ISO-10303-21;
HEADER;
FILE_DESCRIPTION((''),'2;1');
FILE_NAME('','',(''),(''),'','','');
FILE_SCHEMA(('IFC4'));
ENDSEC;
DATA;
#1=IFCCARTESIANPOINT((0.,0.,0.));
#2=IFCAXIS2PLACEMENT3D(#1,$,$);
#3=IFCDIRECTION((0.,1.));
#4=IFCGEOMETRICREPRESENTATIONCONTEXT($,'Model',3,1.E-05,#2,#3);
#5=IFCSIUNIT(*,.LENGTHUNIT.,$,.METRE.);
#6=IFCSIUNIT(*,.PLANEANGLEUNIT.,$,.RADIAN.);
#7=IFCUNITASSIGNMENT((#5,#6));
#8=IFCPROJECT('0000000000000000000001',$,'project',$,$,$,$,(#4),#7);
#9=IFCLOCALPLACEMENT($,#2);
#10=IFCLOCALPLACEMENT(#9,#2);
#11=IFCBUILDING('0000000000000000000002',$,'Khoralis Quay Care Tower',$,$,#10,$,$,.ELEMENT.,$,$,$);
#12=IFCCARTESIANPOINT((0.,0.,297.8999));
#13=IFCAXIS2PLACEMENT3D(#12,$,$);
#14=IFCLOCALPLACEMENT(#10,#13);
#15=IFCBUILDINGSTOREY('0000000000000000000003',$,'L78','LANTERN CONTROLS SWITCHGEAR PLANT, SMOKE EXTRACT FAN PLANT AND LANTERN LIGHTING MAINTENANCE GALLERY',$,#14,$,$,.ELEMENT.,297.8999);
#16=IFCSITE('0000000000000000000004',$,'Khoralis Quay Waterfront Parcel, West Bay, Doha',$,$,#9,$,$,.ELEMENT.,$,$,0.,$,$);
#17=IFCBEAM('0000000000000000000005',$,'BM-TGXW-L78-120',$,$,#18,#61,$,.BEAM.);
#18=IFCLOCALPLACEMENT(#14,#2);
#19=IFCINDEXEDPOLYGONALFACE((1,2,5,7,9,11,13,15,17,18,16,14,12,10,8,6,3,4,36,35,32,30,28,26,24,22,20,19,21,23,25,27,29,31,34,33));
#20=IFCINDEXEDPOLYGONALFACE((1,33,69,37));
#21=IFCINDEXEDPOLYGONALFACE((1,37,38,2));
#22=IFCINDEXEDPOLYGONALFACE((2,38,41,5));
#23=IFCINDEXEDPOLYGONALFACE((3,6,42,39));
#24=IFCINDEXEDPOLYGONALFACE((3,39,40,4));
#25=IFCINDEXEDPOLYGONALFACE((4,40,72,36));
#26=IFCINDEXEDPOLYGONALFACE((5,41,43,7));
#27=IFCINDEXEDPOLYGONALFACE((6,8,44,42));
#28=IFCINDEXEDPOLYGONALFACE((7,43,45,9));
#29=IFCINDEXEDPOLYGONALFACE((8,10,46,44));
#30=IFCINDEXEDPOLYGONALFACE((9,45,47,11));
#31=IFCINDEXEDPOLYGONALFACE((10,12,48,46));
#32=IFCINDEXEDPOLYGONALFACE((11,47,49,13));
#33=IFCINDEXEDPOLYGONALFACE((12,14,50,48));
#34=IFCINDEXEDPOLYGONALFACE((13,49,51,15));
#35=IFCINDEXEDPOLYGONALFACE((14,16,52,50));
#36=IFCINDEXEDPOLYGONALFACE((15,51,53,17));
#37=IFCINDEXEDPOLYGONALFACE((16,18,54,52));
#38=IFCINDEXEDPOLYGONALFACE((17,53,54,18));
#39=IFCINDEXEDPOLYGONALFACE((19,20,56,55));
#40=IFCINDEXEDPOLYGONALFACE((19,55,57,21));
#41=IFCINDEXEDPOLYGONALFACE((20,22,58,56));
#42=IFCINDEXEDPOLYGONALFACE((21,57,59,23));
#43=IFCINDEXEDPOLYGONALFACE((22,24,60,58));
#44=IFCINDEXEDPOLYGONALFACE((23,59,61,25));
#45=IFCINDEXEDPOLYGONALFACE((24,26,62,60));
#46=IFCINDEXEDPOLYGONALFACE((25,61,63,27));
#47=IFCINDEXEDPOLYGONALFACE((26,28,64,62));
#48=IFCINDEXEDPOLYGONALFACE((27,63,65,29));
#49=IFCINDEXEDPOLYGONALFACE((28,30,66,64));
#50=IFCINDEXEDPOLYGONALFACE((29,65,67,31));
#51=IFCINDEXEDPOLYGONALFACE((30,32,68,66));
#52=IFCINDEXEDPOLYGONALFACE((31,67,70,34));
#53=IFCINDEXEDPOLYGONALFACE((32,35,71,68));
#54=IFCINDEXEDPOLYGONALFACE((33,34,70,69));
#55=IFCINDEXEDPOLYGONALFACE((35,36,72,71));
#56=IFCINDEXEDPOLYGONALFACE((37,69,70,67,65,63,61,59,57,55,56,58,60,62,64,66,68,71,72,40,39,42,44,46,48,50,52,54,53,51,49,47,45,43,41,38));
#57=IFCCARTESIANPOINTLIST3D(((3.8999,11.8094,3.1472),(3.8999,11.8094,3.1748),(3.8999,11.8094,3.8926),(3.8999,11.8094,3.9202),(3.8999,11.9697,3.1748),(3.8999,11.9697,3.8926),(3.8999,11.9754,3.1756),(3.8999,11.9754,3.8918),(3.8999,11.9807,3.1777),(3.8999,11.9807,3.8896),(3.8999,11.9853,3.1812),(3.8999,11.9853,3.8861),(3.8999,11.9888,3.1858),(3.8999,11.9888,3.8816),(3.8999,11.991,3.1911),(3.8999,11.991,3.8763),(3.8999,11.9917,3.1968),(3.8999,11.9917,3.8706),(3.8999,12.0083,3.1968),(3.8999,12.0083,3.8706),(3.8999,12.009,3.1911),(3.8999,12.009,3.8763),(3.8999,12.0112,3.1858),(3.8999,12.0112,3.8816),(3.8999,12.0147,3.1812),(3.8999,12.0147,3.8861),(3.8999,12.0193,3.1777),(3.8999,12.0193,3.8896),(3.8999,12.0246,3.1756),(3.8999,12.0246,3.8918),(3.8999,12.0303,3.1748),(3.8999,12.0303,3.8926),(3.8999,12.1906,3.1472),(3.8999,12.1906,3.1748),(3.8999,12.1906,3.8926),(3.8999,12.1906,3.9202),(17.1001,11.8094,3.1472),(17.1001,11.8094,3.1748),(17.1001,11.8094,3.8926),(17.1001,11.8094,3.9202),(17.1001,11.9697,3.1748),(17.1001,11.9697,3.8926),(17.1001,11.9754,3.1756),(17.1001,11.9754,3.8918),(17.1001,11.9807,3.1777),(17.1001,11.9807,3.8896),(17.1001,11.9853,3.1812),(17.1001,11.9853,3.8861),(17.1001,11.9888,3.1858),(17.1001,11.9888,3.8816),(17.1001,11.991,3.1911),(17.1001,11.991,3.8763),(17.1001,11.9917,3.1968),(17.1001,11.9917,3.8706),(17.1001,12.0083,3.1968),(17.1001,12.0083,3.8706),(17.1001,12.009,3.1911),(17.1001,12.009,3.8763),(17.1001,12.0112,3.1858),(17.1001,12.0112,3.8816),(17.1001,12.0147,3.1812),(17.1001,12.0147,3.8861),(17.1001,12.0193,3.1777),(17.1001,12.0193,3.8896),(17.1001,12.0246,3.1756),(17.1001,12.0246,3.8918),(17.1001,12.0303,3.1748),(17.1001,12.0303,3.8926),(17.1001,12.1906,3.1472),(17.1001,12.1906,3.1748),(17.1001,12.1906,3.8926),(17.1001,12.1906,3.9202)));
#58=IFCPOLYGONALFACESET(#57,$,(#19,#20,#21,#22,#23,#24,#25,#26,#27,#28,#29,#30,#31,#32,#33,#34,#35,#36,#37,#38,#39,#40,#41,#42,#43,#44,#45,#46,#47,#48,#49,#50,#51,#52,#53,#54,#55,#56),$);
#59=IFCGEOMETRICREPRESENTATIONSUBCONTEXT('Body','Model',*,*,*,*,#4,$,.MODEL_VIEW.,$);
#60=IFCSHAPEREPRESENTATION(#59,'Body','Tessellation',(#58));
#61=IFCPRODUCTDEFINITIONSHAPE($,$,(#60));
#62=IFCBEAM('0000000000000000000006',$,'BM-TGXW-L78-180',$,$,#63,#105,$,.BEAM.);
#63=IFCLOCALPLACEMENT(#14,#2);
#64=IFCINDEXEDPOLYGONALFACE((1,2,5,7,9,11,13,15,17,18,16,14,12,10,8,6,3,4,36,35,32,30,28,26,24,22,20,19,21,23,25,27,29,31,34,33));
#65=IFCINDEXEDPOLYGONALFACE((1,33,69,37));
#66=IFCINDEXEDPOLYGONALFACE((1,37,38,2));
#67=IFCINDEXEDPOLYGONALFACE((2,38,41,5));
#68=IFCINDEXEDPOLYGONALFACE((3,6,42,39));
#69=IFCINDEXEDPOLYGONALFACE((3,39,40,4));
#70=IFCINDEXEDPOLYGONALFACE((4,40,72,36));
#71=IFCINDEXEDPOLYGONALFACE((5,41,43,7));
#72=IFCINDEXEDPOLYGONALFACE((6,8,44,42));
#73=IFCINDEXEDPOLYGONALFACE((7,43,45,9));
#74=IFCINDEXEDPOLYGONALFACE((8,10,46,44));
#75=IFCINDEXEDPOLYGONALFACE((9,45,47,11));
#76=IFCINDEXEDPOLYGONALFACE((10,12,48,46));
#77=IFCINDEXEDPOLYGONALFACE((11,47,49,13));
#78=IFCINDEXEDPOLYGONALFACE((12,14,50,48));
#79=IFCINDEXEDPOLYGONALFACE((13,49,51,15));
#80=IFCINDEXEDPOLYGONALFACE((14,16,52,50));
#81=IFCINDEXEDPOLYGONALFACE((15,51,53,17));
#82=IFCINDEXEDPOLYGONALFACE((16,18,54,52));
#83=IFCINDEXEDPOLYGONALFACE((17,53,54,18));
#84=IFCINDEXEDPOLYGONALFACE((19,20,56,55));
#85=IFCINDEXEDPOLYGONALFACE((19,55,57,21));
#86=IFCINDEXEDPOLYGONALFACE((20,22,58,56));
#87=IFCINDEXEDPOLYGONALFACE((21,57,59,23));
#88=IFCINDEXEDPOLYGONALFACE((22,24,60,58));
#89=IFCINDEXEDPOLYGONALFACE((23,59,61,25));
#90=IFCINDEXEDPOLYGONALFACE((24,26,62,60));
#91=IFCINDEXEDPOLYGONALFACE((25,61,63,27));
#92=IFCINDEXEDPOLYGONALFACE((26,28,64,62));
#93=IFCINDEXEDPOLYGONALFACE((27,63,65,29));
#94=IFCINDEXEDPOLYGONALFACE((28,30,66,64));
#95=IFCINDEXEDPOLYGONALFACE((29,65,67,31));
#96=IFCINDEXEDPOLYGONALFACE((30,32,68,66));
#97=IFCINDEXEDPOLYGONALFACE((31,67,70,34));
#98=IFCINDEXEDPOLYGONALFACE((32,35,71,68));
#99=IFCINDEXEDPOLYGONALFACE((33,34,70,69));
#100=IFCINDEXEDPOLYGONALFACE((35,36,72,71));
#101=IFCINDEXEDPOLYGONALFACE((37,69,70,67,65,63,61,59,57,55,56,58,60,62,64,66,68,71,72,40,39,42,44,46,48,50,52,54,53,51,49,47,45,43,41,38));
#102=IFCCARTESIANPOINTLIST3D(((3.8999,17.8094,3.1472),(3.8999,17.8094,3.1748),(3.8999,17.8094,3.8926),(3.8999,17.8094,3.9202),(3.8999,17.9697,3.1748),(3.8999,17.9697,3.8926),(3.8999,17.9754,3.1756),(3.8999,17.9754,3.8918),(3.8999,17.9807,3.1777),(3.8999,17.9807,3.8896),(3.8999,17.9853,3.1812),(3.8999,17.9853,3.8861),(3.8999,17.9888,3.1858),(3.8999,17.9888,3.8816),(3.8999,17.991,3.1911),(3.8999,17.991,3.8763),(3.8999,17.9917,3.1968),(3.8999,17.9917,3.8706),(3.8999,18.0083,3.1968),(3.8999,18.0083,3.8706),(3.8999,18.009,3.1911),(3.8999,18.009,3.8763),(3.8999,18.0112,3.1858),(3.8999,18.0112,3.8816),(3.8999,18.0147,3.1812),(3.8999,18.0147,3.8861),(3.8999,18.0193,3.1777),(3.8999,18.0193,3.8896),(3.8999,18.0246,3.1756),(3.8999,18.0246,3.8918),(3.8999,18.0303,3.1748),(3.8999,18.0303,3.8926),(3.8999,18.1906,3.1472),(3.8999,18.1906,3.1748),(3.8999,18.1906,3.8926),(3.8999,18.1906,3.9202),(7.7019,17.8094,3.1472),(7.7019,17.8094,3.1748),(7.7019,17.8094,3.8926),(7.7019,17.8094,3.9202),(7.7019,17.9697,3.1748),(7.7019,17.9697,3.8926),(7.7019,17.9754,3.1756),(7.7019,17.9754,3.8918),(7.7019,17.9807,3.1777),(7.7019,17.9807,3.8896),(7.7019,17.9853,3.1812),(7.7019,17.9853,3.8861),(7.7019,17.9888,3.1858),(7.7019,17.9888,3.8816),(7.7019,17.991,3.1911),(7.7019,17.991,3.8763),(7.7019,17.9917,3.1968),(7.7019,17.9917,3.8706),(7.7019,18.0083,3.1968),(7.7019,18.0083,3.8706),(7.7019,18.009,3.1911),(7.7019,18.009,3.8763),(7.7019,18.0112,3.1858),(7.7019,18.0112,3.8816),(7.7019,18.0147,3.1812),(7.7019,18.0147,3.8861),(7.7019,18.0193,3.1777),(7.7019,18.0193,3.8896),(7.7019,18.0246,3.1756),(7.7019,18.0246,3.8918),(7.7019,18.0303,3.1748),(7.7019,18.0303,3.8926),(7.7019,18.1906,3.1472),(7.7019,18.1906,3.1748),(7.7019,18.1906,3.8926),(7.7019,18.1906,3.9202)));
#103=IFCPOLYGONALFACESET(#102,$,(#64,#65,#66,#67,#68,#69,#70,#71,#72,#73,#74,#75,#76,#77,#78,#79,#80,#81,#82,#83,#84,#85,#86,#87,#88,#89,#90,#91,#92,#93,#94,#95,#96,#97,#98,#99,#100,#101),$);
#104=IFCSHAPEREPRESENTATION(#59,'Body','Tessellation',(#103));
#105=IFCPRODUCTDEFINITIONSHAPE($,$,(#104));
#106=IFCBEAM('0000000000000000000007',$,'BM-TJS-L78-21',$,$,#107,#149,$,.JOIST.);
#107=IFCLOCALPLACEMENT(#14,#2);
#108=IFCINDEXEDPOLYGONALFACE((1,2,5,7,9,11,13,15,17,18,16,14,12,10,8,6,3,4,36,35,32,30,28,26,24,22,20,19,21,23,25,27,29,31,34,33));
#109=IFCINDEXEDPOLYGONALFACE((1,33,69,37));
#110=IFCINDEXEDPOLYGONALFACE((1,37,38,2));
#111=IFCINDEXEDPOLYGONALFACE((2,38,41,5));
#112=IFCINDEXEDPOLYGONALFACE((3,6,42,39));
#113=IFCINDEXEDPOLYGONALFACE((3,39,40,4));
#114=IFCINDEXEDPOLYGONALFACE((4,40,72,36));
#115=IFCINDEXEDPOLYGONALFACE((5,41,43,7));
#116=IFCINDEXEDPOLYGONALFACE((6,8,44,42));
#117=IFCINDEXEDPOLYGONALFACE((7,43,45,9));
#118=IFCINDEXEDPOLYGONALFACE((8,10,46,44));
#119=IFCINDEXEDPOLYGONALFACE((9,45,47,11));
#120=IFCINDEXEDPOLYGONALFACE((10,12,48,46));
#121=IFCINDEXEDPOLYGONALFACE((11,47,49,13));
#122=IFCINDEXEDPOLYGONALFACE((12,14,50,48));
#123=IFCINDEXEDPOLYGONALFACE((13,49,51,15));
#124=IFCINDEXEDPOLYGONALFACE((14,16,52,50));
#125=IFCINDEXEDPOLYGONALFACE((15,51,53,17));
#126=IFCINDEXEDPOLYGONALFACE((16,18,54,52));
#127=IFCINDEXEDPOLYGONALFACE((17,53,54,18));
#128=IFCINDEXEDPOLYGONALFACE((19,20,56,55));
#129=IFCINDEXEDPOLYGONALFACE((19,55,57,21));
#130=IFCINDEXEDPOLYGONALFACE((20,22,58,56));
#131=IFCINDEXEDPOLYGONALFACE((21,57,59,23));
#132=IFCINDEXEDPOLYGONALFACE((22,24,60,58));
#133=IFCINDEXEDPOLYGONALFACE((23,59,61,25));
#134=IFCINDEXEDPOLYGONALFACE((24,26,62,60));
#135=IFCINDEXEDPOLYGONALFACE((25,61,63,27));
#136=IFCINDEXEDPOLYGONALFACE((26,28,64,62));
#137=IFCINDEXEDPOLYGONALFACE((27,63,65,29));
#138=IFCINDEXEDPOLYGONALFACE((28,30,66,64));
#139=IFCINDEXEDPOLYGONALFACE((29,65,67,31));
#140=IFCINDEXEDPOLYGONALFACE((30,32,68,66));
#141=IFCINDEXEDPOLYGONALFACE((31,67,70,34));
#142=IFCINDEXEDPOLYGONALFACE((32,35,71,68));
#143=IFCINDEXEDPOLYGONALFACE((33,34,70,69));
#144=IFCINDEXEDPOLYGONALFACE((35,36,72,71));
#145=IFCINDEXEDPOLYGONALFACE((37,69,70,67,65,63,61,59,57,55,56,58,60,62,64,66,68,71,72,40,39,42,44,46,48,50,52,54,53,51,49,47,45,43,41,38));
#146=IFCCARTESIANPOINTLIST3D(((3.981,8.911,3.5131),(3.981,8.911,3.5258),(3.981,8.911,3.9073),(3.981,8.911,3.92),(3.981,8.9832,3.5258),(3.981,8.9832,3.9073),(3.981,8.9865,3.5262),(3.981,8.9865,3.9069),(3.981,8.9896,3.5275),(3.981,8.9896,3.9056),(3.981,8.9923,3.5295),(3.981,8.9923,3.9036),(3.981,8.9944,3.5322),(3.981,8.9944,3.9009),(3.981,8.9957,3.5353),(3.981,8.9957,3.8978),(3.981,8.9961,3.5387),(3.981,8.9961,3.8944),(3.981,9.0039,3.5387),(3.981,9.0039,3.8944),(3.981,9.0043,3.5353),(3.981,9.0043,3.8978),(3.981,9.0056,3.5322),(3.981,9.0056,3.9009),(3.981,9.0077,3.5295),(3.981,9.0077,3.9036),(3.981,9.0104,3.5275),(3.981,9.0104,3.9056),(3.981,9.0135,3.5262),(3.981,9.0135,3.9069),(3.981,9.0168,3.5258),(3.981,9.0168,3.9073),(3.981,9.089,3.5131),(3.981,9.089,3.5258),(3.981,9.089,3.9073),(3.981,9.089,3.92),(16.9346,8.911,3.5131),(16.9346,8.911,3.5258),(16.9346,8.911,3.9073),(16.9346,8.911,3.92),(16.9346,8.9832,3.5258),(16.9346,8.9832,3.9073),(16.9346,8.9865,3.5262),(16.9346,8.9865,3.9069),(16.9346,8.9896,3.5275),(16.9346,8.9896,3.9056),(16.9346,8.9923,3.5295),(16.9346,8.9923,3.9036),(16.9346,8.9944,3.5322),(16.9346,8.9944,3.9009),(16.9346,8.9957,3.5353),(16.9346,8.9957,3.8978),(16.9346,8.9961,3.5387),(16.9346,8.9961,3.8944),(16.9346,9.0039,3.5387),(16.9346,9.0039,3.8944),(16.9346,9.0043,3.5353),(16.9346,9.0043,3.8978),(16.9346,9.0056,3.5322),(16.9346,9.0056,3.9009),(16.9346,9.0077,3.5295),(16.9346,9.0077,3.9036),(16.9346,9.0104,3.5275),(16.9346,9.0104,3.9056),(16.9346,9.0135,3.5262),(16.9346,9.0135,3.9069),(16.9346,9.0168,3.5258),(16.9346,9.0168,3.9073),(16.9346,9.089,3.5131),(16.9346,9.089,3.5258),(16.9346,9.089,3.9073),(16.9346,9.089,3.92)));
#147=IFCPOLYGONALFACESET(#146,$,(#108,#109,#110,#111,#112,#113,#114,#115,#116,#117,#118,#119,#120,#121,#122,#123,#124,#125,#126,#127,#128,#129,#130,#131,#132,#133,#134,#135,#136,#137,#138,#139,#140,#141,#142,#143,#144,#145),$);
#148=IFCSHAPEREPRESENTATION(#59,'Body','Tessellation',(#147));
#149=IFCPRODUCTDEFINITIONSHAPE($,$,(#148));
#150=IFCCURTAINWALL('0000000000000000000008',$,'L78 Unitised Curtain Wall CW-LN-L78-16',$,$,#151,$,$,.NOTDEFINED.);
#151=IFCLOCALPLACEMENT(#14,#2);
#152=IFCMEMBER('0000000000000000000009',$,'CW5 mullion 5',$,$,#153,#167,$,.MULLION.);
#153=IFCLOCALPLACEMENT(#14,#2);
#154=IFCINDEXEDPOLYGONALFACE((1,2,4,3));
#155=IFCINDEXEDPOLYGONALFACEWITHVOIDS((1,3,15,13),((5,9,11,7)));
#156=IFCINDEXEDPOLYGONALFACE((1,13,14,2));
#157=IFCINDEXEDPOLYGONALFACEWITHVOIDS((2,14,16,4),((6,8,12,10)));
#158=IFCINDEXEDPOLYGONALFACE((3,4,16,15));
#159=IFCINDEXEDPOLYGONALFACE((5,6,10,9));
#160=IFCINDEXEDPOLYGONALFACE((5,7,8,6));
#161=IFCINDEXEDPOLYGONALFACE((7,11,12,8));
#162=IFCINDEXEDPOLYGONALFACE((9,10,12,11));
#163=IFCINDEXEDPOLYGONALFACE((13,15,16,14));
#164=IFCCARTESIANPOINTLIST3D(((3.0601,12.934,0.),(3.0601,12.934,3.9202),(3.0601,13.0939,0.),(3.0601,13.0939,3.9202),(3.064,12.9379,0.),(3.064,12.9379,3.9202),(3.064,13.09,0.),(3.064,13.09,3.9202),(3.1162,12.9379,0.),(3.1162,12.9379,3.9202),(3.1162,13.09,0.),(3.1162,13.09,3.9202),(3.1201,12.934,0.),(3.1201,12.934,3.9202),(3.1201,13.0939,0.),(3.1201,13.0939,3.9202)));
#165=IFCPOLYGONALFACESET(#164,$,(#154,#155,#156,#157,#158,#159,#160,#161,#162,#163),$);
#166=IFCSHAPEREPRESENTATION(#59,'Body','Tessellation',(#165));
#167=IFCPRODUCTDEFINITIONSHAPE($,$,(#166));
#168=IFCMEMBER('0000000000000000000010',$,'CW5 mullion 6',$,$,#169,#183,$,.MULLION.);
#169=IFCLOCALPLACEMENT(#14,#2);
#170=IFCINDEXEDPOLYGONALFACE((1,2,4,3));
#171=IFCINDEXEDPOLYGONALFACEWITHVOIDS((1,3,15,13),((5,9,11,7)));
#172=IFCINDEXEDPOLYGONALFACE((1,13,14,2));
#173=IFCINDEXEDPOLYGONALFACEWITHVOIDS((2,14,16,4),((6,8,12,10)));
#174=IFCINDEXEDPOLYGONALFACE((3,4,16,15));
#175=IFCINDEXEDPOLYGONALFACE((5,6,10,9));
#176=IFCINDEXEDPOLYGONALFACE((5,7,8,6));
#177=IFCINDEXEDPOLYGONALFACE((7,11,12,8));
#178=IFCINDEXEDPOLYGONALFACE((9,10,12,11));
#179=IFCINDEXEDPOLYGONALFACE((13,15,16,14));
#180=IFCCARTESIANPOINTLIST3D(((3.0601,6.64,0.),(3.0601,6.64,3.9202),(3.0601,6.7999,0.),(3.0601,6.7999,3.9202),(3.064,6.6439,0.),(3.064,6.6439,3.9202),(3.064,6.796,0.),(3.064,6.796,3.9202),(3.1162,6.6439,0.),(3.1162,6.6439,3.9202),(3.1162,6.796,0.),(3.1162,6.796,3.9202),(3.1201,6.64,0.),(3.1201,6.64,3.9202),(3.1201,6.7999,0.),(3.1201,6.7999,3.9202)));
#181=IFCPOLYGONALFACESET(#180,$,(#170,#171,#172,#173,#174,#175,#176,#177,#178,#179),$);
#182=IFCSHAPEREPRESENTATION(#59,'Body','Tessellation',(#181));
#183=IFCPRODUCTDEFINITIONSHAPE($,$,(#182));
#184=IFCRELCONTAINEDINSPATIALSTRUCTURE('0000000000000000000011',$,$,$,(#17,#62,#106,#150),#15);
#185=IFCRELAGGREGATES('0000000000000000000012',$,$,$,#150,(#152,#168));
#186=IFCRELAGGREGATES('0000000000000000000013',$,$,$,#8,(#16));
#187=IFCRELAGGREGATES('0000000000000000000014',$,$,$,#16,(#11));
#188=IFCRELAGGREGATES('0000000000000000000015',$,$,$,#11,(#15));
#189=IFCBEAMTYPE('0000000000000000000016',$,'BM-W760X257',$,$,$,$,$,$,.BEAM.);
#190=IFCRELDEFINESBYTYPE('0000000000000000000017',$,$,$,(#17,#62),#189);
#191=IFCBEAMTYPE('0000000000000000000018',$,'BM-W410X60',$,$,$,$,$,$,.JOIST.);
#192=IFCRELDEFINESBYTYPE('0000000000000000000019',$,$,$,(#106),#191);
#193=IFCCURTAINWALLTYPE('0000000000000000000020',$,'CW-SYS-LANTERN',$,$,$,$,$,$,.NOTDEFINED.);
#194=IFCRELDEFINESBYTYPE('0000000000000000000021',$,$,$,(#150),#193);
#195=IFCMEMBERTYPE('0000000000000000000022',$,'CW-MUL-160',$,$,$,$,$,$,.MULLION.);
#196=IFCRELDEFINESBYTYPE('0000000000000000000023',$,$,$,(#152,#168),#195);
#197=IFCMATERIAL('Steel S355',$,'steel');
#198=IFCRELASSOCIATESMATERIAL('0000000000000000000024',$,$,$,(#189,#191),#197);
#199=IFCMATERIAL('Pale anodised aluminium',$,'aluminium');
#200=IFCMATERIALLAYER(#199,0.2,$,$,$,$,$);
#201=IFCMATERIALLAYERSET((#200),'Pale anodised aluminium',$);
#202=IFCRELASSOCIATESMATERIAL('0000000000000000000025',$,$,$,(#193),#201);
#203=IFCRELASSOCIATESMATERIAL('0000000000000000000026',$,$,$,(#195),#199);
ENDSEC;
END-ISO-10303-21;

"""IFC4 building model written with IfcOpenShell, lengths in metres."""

from ifc_helpers import new_model, si_unit, direction, frame, origin, origin_2d, place, context, subcontext, project, spatial, hollow_rectangle, i_section, extrude, source, transform, mapped, material, layer, layer_set, material_profile, profile_set, type_object, element, aggregate, save


model = new_model("IFC4")

# Units and contexts
model_context = context("Model", 3, precision=1e-05, world=origin(), true_north=direction((0.0, 1.0)))
body_context = subcontext(model_context, "Body", "Model", "MODEL_VIEW")
ifc_project = project(units=[si_unit("LENGTHUNIT", "METRE"), si_unit("PLANEANGLEUNIT", "RADIAN")], contexts=[model_context])

# Site, building, storey
site_placement = place(None, origin())
site = spatial("IfcSite", under=ifc_project, at=site_placement, Name="Khoralis Quay Waterfront Parcel, West Bay, Doha", CompositionType="ELEMENT", RefElevation=0.0)
building_placement = place(site_placement, origin())
building = spatial("IfcBuilding", under=site, at=building_placement, Name="Khoralis Quay Care Tower", CompositionType="ELEMENT")
storey_placement = place(building_placement, frame((0.0, 0.0, 297.8999)))
storey = spatial("IfcBuildingStorey", under=building, at=storey_placement, Name="L78", Description="LANTERN CONTROLS SWITCHGEAR PLANT, SMOKE EXTRACT FAN PLANT AND LANTERN LIGHTING MAINTENANCE GALLERY", CompositionType="ELEMENT", Elevation=297.8999)

# Shared definitions
ifc_material_1 = material(Name="Steel S355", Category="steel")

# Beams
ifc_material_profile_1 = material_profile(ifc_material_1, i_section(OverallWidth=0.3811, OverallDepth=0.7729, WebThickness=0.0166, FlangeThickness=0.0276, FilletRadius=0.022, at=origin_2d()), Name="Steel S355")
ifc_profile_set_1 = profile_set([ifc_material_profile_1], Name="Steel S355")
beam_type_1 = type_object("IfcBeamType", Name="BM-W760X257", PredefinedType="BEAM", material=ifc_profile_set_1)
shared_shape_1 = source(origin(), body_context, "Body", "SweptSolid", [
    extrude(i_section(OverallWidth=0.3811, OverallDepth=0.7729, WebThickness=0.0166, FlangeThickness=0.0276, FilletRadius=0.022, at=origin_2d()), origin(), (0.0, 0.0, 1.0), 13.2002),
])
beam_1_placement = place(storey_placement, frame((3.8999, 12.0, 3.5337), z_axis=(1.0, 0.0, 0.0), x_axis=(0.0, 1.0, 0.0)))
element("IfcBeam", 1, at=beam_1_placement, inside=storey, type_object=beam_type_1, Name="BM-TGXW-L78-120", PredefinedType="BEAM", context=body_context, shape_type="MappedRepresentation", body=[
    mapped(shared_shape_1, transform((0.0, 0.0, 0.0), scale=1.0)),
])
shared_shape_2 = source(origin(), body_context, "Body", "SweptSolid", [
    extrude(i_section(OverallWidth=0.3811, OverallDepth=0.7729, WebThickness=0.0166, FlangeThickness=0.0276, FilletRadius=0.022, at=origin_2d()), origin(), (0.0, 0.0, 1.0), 3.802),
])
beam_2_placement = place(storey_placement, frame((3.8999, 18.0, 3.5337), z_axis=(1.0, 0.0, 0.0), x_axis=(0.0, 1.0, 0.0)))
element("IfcBeam", 2, at=beam_2_placement, inside=storey, type_object=beam_type_1, Name="BM-TGXW-L78-180", PredefinedType="BEAM", context=body_context, shape_type="MappedRepresentation", body=[
    mapped(shared_shape_2, transform((0.0, 0.0, 0.0), scale=1.0)),
])
ifc_material_profile_2 = material_profile(ifc_material_1, i_section(OverallWidth=0.178, OverallDepth=0.407, WebThickness=0.0078, FlangeThickness=0.0127, FilletRadius=0.0129, at=origin_2d()), Name="Steel S355")
ifc_profile_set_2 = profile_set([ifc_material_profile_2], Name="Steel S355")
beam_type_2 = type_object("IfcBeamType", Name="BM-W410X60", PredefinedType="JOIST", material=ifc_profile_set_2)
shared_shape_3 = source(origin(), body_context, "Body", "SweptSolid", [
    extrude(i_section(OverallWidth=0.178, OverallDepth=0.407, WebThickness=0.0078, FlangeThickness=0.0127, FilletRadius=0.0129, at=origin_2d()), origin(), (0.0, 0.0, 1.0), 12.9536),
])
beam_3_placement = place(storey_placement, frame((3.981, 9.0, 3.7166), z_axis=(1.0, 0.0, 0.0), x_axis=(0.0, 1.0, 0.0)))
element("IfcBeam", 3, at=beam_3_placement, inside=storey, type_object=beam_type_2, Name="BM-TJS-L78-21", PredefinedType="JOIST", context=body_context, shape_type="MappedRepresentation", body=[
    mapped(shared_shape_3, transform((0.0, 0.0, 0.0), scale=1.0)),
])

# Curtain wall, members
ifc_material_2 = material(Name="Pale anodised aluminium", Category="aluminium")
ifc_layer_1 = layer(ifc_material_2, 0.2)
ifc_layer_set_1 = layer_set([ifc_layer_1], Name="Pale anodised aluminium")
curtain_wall_type = type_object("IfcCurtainWallType", Name="CW-SYS-LANTERN", PredefinedType="NOTDEFINED", material=ifc_layer_set_1)
curtain_wall_1_placement = place(storey_placement, origin())
curtain_wall_1 = element("IfcCurtainWall", 4, at=curtain_wall_1_placement, inside=storey, type_object=curtain_wall_type, Name="L78 Unitised Curtain Wall CW-LN-L78-16", PredefinedType="NOTDEFINED")
ifc_material_profile_3 = material_profile(ifc_material_2, hollow_rectangle(XDim=0.0601, YDim=0.1599, WallThickness=0.0039, at=origin_2d()), Name="Pale anodised aluminium")
ifc_profile_set_3 = profile_set([ifc_material_profile_3], Name="Pale anodised aluminium")
member_type_1 = type_object("IfcMemberType", Name="CW-MUL-160", PredefinedType="MULLION", material=ifc_profile_set_3)
shared_shape_4 = source(origin(), body_context, "Body", "SweptSolid", [
    extrude(hollow_rectangle(XDim=0.0601, YDim=0.1599, WallThickness=0.0039, at=origin_2d()), origin(), (0.0, 0.0, 1.0), 3.9202),
])
member_1_placement = place(storey_placement, frame((3.0901, 13.0139, 0.0), z_axis=(0.0, 0.0, 1.0), x_axis=(1.0, 0.0, 0.0)))
member_1 = element("IfcMember", 5, at=member_1_placement, type_object=member_type_1, Name="CW5 mullion 5", PredefinedType="MULLION", context=body_context, shape_type="MappedRepresentation", body=[
    mapped(shared_shape_4, transform((0.0, 0.0, 0.0), scale=1.0)),
])
member_2_placement = place(storey_placement, frame((3.0901, 6.72, 0.0), z_axis=(0.0, 0.0, 1.0), x_axis=(1.0, 0.0, 0.0)))
member_2 = element("IfcMember", 6, at=member_2_placement, type_object=member_type_1, Name="CW5 mullion 6", PredefinedType="MULLION", context=body_context, shape_type="MappedRepresentation", body=[
    mapped(shared_shape_4, transform((0.0, 0.0, 0.0), scale=1.0)),
])

aggregate(curtain_wall_1, [member_1, member_2])

save(model, "model.ifc")
